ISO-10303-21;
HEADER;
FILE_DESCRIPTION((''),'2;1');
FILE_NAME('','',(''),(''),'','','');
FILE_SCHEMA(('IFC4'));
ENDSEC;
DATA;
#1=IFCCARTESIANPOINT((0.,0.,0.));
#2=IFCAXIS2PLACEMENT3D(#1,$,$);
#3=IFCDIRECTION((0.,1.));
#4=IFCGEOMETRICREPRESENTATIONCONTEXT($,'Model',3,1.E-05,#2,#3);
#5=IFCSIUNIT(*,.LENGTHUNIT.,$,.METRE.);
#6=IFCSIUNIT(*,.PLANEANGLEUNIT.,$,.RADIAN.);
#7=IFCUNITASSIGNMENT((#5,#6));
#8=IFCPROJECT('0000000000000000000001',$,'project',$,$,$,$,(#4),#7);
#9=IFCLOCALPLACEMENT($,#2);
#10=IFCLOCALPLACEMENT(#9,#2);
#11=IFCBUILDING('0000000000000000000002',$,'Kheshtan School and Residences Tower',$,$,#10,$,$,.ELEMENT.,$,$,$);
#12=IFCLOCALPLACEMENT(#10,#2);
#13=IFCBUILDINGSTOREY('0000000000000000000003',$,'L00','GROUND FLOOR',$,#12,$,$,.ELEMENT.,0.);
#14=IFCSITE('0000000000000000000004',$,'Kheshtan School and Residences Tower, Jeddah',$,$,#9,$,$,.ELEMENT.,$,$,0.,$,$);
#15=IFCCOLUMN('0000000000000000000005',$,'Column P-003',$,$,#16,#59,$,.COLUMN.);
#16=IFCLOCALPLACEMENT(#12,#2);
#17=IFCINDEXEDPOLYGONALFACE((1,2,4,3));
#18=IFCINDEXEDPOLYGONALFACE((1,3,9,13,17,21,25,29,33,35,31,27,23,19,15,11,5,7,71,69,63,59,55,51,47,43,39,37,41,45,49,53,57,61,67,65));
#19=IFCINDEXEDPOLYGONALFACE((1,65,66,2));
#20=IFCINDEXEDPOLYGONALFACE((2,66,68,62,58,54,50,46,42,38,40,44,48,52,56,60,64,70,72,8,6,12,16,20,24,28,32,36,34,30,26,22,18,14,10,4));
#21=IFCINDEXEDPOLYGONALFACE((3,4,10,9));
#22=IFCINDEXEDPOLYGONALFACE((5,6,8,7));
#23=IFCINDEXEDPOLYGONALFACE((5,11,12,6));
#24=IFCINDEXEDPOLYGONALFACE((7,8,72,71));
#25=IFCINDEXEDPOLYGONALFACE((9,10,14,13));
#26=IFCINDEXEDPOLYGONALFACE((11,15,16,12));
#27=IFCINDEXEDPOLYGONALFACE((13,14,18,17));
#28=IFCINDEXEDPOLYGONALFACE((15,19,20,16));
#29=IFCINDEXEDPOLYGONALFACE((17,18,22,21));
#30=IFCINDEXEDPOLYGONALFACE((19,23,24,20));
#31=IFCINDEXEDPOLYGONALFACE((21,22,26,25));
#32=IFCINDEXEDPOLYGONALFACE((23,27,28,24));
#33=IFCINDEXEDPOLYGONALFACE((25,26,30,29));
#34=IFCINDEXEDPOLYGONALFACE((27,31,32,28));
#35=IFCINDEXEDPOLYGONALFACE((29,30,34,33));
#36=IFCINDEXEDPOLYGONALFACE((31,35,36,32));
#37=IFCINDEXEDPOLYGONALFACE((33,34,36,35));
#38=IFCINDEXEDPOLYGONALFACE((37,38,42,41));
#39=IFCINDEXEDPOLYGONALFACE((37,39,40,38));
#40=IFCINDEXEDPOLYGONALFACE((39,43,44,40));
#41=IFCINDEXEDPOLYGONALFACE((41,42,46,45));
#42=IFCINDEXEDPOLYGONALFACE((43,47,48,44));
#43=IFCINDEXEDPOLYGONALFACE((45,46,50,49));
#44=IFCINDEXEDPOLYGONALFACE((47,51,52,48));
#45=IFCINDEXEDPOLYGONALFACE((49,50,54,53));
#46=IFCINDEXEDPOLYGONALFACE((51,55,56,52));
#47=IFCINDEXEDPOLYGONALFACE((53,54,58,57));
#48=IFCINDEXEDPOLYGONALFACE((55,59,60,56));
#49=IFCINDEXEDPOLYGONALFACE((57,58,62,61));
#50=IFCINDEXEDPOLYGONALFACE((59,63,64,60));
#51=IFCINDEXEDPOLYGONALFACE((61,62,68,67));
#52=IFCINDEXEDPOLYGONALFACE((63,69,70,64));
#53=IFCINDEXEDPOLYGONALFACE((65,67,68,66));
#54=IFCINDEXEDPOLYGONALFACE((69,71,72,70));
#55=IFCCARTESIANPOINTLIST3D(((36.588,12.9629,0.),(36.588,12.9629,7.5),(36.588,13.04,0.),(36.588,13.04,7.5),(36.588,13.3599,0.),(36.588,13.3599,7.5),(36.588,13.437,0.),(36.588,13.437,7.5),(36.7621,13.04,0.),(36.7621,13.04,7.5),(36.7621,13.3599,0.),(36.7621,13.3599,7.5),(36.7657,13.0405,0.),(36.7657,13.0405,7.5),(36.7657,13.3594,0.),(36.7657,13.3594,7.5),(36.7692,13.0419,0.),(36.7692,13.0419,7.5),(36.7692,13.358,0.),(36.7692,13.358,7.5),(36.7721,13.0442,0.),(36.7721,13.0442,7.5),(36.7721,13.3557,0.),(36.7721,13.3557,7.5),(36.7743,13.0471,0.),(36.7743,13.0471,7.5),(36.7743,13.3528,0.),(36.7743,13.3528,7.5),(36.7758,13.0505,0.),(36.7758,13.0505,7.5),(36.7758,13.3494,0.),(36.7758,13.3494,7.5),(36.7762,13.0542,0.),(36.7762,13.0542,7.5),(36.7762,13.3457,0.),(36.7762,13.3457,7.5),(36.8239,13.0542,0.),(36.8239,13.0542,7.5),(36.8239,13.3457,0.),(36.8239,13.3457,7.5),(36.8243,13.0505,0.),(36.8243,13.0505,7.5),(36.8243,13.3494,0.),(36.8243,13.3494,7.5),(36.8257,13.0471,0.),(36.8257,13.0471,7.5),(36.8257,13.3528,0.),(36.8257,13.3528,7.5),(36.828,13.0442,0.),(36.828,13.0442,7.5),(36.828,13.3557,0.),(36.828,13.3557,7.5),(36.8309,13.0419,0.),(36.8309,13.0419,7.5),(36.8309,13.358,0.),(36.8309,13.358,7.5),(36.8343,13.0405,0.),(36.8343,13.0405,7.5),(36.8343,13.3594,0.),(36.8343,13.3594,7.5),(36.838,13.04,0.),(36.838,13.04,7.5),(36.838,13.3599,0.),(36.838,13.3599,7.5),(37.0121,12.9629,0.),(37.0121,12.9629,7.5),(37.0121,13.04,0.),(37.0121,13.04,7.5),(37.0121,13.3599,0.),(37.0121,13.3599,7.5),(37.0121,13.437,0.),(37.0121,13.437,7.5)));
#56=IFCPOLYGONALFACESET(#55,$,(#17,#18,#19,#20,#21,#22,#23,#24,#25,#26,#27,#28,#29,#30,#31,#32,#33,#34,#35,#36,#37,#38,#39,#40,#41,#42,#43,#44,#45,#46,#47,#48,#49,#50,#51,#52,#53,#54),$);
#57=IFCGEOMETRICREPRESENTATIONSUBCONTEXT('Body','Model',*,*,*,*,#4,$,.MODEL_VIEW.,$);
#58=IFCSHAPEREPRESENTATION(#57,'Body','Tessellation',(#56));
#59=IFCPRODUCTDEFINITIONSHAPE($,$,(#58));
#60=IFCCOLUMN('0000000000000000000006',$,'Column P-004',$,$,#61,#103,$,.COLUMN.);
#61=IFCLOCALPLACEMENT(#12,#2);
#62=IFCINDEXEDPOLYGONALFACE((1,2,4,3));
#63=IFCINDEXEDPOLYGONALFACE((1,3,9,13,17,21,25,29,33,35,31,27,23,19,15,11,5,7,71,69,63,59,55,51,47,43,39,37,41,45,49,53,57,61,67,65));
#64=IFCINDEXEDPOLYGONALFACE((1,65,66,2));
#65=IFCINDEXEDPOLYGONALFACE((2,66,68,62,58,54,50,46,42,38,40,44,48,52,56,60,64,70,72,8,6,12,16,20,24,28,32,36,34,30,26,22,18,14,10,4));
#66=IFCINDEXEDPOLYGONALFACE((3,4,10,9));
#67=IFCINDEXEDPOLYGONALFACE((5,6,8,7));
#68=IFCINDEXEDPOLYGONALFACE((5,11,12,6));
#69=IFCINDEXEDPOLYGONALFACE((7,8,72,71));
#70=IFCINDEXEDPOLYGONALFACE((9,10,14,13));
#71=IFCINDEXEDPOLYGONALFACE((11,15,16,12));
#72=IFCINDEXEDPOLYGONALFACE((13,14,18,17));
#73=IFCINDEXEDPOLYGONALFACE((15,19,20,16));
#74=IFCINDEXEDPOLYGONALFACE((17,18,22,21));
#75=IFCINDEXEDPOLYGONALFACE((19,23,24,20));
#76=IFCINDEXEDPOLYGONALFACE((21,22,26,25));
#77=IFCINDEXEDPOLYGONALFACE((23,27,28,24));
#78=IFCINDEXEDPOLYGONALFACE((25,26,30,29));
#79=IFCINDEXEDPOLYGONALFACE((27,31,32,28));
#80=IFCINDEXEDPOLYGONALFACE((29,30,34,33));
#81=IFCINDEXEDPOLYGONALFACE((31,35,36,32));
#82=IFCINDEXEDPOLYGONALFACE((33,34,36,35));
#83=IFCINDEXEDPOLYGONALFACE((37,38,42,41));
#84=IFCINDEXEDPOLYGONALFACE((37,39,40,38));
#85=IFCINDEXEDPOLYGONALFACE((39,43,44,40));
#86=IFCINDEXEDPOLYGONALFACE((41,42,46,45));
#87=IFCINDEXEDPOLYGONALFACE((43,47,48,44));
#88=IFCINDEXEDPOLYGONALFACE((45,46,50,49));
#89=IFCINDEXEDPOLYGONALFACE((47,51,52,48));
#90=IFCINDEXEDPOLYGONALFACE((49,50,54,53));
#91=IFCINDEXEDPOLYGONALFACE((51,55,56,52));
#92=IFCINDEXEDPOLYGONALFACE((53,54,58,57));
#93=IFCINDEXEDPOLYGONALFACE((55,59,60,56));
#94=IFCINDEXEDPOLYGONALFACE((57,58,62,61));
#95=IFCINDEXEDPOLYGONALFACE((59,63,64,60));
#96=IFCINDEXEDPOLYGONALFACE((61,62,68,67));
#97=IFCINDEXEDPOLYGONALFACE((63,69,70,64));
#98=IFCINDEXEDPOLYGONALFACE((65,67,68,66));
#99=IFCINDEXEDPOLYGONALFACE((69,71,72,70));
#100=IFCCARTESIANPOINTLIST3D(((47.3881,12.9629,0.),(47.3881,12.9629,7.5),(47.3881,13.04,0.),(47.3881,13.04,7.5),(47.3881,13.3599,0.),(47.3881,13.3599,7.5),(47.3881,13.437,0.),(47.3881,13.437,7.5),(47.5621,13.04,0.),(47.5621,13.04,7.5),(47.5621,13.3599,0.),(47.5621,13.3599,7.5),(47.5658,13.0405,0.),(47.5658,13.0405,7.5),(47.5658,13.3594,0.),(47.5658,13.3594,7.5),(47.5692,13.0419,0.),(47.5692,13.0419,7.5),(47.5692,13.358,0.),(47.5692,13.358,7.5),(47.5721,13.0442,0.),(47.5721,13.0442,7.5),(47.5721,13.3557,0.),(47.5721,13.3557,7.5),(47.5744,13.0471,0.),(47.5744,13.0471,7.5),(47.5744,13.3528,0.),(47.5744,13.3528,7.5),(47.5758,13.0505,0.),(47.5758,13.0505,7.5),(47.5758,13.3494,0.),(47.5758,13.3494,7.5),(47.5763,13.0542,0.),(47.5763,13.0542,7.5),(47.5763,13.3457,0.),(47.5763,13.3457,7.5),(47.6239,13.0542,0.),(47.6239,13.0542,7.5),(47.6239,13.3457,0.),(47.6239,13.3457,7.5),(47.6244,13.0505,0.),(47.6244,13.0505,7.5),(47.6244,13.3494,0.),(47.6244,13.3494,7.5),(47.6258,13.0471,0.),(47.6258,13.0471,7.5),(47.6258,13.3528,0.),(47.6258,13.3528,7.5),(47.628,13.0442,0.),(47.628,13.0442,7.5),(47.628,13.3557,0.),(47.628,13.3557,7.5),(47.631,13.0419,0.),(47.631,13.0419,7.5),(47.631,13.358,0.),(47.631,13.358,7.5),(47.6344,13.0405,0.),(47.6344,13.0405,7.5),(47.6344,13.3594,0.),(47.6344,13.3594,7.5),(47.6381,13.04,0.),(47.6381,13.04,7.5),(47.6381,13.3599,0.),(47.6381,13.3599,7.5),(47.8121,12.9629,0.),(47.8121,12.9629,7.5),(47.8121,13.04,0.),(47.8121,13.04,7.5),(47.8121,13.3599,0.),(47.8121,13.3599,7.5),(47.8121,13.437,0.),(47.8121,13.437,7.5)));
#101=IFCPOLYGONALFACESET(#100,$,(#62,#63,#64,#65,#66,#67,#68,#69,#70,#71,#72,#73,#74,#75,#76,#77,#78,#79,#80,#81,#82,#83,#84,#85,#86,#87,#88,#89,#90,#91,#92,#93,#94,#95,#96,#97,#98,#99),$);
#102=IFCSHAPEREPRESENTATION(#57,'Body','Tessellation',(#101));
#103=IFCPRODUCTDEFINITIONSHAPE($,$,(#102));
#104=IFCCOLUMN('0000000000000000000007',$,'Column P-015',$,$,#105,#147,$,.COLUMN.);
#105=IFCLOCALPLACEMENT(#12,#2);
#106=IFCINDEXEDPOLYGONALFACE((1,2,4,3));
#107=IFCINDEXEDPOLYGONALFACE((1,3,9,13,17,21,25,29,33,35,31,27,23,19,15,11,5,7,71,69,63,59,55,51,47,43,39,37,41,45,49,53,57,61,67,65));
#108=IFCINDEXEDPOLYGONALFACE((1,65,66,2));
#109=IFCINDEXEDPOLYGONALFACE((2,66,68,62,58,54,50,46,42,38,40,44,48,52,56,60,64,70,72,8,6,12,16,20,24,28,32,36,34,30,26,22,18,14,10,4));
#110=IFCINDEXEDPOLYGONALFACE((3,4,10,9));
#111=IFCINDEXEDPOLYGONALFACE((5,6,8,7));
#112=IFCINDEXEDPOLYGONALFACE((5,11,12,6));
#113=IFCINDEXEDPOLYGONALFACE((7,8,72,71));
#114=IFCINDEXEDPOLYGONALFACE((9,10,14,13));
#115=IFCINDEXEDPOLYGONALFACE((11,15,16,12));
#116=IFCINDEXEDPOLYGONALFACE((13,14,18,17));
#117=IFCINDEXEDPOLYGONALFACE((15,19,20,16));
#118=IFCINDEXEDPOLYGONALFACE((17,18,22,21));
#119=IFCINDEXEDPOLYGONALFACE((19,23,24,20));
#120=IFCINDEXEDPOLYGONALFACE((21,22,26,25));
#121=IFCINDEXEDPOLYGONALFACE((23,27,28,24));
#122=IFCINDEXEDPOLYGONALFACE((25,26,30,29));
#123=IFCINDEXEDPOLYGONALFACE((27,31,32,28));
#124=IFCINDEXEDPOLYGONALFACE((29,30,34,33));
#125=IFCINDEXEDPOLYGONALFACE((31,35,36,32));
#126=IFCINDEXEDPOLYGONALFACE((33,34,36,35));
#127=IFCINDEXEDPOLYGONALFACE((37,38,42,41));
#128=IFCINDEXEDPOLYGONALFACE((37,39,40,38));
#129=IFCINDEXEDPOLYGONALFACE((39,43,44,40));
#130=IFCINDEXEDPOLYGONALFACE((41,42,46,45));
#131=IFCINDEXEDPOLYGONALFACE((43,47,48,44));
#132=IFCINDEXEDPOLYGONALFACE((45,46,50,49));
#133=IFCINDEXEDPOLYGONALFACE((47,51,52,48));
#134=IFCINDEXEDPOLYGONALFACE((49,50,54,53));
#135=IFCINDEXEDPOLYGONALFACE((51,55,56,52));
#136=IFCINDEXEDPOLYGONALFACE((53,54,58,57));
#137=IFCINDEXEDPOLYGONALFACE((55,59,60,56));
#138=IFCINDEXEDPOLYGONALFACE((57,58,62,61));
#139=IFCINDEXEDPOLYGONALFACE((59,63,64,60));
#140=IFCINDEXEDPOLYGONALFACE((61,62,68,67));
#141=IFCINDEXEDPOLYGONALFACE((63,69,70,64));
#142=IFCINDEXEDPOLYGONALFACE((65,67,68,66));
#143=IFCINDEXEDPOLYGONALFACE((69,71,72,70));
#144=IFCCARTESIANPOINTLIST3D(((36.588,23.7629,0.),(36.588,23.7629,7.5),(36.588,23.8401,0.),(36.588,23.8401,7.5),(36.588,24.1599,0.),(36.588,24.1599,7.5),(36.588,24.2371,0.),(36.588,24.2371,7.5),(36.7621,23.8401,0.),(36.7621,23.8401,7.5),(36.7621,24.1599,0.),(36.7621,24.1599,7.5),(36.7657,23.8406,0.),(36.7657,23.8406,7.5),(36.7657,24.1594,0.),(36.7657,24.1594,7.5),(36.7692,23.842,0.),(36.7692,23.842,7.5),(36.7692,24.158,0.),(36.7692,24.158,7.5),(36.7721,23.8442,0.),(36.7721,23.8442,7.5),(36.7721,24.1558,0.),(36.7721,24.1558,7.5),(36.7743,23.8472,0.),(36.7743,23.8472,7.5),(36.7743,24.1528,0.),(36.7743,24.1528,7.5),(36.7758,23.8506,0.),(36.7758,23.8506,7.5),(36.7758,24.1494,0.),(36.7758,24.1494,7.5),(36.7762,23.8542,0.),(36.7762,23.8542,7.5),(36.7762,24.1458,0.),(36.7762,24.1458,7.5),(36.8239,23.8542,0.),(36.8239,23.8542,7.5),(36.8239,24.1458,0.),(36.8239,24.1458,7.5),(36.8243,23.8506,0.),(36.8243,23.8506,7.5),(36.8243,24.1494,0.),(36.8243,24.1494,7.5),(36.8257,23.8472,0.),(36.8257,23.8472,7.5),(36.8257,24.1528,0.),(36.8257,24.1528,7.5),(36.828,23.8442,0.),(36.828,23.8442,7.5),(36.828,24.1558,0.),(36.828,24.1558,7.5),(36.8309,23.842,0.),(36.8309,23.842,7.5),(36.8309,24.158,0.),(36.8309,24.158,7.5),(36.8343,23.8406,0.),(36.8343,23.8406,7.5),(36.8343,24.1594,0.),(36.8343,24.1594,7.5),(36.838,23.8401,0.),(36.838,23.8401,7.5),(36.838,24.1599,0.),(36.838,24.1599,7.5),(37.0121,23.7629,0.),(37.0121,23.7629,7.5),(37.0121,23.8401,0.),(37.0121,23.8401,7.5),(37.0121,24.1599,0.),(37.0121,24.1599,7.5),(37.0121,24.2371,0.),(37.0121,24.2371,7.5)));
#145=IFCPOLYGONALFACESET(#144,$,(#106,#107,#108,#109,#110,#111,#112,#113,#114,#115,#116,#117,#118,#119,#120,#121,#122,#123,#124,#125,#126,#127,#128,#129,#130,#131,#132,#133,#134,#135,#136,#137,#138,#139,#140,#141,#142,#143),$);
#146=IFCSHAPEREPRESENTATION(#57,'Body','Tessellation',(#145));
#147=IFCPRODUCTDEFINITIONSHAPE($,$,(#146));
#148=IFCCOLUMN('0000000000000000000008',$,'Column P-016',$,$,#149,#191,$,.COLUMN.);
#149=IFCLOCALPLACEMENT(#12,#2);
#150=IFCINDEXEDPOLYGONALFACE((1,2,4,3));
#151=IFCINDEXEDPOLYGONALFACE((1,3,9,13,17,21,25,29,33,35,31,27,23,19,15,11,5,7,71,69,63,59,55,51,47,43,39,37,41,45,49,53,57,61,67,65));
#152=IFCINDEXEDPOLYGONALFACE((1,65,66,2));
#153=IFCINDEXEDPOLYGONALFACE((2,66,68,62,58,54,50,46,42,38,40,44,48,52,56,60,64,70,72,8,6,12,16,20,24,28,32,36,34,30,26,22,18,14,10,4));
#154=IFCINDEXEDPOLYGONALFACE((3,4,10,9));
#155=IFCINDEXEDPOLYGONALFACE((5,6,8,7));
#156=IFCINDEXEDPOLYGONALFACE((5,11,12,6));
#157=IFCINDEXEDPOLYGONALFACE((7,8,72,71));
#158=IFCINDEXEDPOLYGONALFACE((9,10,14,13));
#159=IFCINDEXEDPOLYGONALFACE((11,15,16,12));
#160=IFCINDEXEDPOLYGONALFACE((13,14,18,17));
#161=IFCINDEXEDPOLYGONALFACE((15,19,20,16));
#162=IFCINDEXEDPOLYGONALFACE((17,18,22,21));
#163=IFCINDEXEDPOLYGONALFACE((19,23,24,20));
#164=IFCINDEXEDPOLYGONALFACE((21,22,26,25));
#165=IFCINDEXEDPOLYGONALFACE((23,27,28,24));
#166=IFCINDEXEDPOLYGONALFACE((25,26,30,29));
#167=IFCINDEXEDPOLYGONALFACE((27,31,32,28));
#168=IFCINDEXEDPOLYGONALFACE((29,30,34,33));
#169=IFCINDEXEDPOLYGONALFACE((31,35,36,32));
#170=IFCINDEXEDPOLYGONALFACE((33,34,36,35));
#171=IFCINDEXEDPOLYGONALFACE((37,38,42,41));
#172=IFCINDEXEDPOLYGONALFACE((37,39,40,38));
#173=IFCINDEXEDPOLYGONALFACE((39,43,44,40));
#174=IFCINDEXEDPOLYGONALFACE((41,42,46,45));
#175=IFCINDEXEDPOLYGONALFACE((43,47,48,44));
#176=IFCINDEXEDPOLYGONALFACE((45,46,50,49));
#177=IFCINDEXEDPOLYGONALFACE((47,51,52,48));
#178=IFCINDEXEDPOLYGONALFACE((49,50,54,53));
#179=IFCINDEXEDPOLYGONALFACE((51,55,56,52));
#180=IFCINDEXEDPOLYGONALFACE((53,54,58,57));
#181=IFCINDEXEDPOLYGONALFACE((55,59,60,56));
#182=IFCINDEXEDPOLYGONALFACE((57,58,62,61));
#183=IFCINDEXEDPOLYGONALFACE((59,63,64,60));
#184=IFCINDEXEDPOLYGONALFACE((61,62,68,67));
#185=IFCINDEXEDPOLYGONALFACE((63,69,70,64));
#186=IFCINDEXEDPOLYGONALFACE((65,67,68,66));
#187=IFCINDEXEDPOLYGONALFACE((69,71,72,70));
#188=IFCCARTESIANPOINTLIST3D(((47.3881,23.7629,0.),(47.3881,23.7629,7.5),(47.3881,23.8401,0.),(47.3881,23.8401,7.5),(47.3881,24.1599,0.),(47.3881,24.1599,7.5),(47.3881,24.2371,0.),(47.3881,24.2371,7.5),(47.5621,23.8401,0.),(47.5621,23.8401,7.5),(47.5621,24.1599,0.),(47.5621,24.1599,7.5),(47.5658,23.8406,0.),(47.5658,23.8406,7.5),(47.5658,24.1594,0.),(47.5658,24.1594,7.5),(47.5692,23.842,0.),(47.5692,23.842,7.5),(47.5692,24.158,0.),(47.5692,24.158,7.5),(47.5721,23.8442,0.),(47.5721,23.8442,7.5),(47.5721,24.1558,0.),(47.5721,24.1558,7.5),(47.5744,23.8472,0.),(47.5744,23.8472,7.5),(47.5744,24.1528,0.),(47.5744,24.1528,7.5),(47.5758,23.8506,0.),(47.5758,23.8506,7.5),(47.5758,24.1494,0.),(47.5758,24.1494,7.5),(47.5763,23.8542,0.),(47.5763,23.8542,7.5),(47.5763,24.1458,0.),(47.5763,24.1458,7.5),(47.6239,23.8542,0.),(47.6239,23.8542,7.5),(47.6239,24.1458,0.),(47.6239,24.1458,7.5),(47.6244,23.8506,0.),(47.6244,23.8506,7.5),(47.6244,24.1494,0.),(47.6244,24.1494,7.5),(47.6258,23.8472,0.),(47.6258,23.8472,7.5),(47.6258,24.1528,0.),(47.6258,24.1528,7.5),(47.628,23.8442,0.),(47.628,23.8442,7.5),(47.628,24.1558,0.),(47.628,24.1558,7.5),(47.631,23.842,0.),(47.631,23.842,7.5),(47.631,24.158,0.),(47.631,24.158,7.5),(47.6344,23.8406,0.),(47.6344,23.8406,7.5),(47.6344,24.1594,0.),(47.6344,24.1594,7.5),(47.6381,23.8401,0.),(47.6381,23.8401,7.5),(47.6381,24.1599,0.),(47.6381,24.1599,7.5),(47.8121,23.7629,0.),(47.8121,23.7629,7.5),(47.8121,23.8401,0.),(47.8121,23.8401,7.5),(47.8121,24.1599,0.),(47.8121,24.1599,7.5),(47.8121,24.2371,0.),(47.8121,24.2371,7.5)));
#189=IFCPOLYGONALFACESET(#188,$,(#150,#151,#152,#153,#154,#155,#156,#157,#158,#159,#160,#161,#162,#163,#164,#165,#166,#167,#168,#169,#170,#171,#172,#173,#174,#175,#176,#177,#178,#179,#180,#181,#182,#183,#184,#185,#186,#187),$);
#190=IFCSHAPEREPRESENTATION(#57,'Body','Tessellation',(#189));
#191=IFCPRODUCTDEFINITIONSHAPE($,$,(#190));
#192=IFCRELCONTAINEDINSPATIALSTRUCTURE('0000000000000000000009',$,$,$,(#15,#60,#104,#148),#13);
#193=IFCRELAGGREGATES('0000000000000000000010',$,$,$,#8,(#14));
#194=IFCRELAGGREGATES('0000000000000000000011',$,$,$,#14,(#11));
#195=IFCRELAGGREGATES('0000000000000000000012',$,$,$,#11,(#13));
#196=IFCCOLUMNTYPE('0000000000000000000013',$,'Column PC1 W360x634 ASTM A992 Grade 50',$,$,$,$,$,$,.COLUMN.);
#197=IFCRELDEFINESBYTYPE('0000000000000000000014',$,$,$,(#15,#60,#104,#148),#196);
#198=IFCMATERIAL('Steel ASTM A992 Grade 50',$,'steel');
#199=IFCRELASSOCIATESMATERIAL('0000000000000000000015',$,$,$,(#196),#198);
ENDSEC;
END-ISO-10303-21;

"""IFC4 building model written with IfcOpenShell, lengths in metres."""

from ifc_helpers import new_model, si_unit, direction, frame, origin, origin_2d, place, context, subcontext, project, spatial, i_section, extrude, material, material_profile, profile_set, type_object, element, save


model = new_model("IFC4")

# Units and contexts
model_context = context("Model", 3, precision=1e-05, world=origin(), true_north=direction((0.0, 1.0)))
body_context = subcontext(model_context, "Body", "Model", "MODEL_VIEW")
ifc_project = project(units=[si_unit("LENGTHUNIT", "METRE"), si_unit("PLANEANGLEUNIT", "RADIAN")], contexts=[model_context])

# Site, building, storey
site_placement = place(None, origin())
site = spatial("IfcSite", under=ifc_project, at=site_placement, Name="Kheshtan School and Residences Tower, Jeddah", CompositionType="ELEMENT", RefElevation=0.0)
building_placement = place(site_placement, origin())
building = spatial("IfcBuilding", under=site, at=building_placement, Name="Kheshtan School and Residences Tower", CompositionType="ELEMENT")
storey_placement = place(building_placement, origin())
storey = spatial("IfcBuildingStorey", under=building, at=storey_placement, Name="L00", Description="GROUND FLOOR", CompositionType="ELEMENT", Elevation=0.0)

# Columns
ifc_material_1 = material(Name="Steel ASTM A992 Grade 50", Category="steel")
ifc_material_profile_1 = material_profile(ifc_material_1, i_section(OverallWidth=0.4241, OverallDepth=0.4741, WebThickness=0.0476, FlangeThickness=0.0771, FilletRadius=0.0142, at=origin_2d()), Name="W360x634")
ifc_profile_set_1 = profile_set([ifc_material_profile_1], Name="Steel ASTM A992 Grade 50")
column_type = type_object("IfcColumnType", Name="Column PC1 W360x634 ASTM A992 Grade 50", PredefinedType="COLUMN", material=ifc_profile_set_1)
for number, where, z_axis, x_axis, name in (
    (1, (36.8, 13.2, 0.0), (0.0, 0.0, 1.0), (1.0, 0.0, 0.0), "Column P-003"),
    (2, (47.6001, 13.2, 0.0), (0.0, 0.0, 1.0), (1.0, 0.0, 0.0), "Column P-004"),
    (3, (36.8, 24.0, 0.0), (0.0, 0.0, 1.0), (1.0, 0.0, 0.0), "Column P-015"),
    (4, (47.6001, 24.0, 0.0), (0.0, 0.0, 1.0), (1.0, 0.0, 0.0), "Column P-016"),
):
    element("IfcColumn", number, at=place(storey_placement, frame(where, z_axis=z_axis, x_axis=x_axis)), inside=storey, type_object=column_type, Name=name, PredefinedType="COLUMN", context=body_context, shape_type="SweptSolid", body=[
        extrude(i_section(OverallWidth=0.4241, OverallDepth=0.4741, WebThickness=0.0476, FlangeThickness=0.0771, FilletRadius=0.0142, at=origin_2d()), origin(), (0.0, 0.0, 1.0), 7.5),
    ])

save(model, "model.ifc")
